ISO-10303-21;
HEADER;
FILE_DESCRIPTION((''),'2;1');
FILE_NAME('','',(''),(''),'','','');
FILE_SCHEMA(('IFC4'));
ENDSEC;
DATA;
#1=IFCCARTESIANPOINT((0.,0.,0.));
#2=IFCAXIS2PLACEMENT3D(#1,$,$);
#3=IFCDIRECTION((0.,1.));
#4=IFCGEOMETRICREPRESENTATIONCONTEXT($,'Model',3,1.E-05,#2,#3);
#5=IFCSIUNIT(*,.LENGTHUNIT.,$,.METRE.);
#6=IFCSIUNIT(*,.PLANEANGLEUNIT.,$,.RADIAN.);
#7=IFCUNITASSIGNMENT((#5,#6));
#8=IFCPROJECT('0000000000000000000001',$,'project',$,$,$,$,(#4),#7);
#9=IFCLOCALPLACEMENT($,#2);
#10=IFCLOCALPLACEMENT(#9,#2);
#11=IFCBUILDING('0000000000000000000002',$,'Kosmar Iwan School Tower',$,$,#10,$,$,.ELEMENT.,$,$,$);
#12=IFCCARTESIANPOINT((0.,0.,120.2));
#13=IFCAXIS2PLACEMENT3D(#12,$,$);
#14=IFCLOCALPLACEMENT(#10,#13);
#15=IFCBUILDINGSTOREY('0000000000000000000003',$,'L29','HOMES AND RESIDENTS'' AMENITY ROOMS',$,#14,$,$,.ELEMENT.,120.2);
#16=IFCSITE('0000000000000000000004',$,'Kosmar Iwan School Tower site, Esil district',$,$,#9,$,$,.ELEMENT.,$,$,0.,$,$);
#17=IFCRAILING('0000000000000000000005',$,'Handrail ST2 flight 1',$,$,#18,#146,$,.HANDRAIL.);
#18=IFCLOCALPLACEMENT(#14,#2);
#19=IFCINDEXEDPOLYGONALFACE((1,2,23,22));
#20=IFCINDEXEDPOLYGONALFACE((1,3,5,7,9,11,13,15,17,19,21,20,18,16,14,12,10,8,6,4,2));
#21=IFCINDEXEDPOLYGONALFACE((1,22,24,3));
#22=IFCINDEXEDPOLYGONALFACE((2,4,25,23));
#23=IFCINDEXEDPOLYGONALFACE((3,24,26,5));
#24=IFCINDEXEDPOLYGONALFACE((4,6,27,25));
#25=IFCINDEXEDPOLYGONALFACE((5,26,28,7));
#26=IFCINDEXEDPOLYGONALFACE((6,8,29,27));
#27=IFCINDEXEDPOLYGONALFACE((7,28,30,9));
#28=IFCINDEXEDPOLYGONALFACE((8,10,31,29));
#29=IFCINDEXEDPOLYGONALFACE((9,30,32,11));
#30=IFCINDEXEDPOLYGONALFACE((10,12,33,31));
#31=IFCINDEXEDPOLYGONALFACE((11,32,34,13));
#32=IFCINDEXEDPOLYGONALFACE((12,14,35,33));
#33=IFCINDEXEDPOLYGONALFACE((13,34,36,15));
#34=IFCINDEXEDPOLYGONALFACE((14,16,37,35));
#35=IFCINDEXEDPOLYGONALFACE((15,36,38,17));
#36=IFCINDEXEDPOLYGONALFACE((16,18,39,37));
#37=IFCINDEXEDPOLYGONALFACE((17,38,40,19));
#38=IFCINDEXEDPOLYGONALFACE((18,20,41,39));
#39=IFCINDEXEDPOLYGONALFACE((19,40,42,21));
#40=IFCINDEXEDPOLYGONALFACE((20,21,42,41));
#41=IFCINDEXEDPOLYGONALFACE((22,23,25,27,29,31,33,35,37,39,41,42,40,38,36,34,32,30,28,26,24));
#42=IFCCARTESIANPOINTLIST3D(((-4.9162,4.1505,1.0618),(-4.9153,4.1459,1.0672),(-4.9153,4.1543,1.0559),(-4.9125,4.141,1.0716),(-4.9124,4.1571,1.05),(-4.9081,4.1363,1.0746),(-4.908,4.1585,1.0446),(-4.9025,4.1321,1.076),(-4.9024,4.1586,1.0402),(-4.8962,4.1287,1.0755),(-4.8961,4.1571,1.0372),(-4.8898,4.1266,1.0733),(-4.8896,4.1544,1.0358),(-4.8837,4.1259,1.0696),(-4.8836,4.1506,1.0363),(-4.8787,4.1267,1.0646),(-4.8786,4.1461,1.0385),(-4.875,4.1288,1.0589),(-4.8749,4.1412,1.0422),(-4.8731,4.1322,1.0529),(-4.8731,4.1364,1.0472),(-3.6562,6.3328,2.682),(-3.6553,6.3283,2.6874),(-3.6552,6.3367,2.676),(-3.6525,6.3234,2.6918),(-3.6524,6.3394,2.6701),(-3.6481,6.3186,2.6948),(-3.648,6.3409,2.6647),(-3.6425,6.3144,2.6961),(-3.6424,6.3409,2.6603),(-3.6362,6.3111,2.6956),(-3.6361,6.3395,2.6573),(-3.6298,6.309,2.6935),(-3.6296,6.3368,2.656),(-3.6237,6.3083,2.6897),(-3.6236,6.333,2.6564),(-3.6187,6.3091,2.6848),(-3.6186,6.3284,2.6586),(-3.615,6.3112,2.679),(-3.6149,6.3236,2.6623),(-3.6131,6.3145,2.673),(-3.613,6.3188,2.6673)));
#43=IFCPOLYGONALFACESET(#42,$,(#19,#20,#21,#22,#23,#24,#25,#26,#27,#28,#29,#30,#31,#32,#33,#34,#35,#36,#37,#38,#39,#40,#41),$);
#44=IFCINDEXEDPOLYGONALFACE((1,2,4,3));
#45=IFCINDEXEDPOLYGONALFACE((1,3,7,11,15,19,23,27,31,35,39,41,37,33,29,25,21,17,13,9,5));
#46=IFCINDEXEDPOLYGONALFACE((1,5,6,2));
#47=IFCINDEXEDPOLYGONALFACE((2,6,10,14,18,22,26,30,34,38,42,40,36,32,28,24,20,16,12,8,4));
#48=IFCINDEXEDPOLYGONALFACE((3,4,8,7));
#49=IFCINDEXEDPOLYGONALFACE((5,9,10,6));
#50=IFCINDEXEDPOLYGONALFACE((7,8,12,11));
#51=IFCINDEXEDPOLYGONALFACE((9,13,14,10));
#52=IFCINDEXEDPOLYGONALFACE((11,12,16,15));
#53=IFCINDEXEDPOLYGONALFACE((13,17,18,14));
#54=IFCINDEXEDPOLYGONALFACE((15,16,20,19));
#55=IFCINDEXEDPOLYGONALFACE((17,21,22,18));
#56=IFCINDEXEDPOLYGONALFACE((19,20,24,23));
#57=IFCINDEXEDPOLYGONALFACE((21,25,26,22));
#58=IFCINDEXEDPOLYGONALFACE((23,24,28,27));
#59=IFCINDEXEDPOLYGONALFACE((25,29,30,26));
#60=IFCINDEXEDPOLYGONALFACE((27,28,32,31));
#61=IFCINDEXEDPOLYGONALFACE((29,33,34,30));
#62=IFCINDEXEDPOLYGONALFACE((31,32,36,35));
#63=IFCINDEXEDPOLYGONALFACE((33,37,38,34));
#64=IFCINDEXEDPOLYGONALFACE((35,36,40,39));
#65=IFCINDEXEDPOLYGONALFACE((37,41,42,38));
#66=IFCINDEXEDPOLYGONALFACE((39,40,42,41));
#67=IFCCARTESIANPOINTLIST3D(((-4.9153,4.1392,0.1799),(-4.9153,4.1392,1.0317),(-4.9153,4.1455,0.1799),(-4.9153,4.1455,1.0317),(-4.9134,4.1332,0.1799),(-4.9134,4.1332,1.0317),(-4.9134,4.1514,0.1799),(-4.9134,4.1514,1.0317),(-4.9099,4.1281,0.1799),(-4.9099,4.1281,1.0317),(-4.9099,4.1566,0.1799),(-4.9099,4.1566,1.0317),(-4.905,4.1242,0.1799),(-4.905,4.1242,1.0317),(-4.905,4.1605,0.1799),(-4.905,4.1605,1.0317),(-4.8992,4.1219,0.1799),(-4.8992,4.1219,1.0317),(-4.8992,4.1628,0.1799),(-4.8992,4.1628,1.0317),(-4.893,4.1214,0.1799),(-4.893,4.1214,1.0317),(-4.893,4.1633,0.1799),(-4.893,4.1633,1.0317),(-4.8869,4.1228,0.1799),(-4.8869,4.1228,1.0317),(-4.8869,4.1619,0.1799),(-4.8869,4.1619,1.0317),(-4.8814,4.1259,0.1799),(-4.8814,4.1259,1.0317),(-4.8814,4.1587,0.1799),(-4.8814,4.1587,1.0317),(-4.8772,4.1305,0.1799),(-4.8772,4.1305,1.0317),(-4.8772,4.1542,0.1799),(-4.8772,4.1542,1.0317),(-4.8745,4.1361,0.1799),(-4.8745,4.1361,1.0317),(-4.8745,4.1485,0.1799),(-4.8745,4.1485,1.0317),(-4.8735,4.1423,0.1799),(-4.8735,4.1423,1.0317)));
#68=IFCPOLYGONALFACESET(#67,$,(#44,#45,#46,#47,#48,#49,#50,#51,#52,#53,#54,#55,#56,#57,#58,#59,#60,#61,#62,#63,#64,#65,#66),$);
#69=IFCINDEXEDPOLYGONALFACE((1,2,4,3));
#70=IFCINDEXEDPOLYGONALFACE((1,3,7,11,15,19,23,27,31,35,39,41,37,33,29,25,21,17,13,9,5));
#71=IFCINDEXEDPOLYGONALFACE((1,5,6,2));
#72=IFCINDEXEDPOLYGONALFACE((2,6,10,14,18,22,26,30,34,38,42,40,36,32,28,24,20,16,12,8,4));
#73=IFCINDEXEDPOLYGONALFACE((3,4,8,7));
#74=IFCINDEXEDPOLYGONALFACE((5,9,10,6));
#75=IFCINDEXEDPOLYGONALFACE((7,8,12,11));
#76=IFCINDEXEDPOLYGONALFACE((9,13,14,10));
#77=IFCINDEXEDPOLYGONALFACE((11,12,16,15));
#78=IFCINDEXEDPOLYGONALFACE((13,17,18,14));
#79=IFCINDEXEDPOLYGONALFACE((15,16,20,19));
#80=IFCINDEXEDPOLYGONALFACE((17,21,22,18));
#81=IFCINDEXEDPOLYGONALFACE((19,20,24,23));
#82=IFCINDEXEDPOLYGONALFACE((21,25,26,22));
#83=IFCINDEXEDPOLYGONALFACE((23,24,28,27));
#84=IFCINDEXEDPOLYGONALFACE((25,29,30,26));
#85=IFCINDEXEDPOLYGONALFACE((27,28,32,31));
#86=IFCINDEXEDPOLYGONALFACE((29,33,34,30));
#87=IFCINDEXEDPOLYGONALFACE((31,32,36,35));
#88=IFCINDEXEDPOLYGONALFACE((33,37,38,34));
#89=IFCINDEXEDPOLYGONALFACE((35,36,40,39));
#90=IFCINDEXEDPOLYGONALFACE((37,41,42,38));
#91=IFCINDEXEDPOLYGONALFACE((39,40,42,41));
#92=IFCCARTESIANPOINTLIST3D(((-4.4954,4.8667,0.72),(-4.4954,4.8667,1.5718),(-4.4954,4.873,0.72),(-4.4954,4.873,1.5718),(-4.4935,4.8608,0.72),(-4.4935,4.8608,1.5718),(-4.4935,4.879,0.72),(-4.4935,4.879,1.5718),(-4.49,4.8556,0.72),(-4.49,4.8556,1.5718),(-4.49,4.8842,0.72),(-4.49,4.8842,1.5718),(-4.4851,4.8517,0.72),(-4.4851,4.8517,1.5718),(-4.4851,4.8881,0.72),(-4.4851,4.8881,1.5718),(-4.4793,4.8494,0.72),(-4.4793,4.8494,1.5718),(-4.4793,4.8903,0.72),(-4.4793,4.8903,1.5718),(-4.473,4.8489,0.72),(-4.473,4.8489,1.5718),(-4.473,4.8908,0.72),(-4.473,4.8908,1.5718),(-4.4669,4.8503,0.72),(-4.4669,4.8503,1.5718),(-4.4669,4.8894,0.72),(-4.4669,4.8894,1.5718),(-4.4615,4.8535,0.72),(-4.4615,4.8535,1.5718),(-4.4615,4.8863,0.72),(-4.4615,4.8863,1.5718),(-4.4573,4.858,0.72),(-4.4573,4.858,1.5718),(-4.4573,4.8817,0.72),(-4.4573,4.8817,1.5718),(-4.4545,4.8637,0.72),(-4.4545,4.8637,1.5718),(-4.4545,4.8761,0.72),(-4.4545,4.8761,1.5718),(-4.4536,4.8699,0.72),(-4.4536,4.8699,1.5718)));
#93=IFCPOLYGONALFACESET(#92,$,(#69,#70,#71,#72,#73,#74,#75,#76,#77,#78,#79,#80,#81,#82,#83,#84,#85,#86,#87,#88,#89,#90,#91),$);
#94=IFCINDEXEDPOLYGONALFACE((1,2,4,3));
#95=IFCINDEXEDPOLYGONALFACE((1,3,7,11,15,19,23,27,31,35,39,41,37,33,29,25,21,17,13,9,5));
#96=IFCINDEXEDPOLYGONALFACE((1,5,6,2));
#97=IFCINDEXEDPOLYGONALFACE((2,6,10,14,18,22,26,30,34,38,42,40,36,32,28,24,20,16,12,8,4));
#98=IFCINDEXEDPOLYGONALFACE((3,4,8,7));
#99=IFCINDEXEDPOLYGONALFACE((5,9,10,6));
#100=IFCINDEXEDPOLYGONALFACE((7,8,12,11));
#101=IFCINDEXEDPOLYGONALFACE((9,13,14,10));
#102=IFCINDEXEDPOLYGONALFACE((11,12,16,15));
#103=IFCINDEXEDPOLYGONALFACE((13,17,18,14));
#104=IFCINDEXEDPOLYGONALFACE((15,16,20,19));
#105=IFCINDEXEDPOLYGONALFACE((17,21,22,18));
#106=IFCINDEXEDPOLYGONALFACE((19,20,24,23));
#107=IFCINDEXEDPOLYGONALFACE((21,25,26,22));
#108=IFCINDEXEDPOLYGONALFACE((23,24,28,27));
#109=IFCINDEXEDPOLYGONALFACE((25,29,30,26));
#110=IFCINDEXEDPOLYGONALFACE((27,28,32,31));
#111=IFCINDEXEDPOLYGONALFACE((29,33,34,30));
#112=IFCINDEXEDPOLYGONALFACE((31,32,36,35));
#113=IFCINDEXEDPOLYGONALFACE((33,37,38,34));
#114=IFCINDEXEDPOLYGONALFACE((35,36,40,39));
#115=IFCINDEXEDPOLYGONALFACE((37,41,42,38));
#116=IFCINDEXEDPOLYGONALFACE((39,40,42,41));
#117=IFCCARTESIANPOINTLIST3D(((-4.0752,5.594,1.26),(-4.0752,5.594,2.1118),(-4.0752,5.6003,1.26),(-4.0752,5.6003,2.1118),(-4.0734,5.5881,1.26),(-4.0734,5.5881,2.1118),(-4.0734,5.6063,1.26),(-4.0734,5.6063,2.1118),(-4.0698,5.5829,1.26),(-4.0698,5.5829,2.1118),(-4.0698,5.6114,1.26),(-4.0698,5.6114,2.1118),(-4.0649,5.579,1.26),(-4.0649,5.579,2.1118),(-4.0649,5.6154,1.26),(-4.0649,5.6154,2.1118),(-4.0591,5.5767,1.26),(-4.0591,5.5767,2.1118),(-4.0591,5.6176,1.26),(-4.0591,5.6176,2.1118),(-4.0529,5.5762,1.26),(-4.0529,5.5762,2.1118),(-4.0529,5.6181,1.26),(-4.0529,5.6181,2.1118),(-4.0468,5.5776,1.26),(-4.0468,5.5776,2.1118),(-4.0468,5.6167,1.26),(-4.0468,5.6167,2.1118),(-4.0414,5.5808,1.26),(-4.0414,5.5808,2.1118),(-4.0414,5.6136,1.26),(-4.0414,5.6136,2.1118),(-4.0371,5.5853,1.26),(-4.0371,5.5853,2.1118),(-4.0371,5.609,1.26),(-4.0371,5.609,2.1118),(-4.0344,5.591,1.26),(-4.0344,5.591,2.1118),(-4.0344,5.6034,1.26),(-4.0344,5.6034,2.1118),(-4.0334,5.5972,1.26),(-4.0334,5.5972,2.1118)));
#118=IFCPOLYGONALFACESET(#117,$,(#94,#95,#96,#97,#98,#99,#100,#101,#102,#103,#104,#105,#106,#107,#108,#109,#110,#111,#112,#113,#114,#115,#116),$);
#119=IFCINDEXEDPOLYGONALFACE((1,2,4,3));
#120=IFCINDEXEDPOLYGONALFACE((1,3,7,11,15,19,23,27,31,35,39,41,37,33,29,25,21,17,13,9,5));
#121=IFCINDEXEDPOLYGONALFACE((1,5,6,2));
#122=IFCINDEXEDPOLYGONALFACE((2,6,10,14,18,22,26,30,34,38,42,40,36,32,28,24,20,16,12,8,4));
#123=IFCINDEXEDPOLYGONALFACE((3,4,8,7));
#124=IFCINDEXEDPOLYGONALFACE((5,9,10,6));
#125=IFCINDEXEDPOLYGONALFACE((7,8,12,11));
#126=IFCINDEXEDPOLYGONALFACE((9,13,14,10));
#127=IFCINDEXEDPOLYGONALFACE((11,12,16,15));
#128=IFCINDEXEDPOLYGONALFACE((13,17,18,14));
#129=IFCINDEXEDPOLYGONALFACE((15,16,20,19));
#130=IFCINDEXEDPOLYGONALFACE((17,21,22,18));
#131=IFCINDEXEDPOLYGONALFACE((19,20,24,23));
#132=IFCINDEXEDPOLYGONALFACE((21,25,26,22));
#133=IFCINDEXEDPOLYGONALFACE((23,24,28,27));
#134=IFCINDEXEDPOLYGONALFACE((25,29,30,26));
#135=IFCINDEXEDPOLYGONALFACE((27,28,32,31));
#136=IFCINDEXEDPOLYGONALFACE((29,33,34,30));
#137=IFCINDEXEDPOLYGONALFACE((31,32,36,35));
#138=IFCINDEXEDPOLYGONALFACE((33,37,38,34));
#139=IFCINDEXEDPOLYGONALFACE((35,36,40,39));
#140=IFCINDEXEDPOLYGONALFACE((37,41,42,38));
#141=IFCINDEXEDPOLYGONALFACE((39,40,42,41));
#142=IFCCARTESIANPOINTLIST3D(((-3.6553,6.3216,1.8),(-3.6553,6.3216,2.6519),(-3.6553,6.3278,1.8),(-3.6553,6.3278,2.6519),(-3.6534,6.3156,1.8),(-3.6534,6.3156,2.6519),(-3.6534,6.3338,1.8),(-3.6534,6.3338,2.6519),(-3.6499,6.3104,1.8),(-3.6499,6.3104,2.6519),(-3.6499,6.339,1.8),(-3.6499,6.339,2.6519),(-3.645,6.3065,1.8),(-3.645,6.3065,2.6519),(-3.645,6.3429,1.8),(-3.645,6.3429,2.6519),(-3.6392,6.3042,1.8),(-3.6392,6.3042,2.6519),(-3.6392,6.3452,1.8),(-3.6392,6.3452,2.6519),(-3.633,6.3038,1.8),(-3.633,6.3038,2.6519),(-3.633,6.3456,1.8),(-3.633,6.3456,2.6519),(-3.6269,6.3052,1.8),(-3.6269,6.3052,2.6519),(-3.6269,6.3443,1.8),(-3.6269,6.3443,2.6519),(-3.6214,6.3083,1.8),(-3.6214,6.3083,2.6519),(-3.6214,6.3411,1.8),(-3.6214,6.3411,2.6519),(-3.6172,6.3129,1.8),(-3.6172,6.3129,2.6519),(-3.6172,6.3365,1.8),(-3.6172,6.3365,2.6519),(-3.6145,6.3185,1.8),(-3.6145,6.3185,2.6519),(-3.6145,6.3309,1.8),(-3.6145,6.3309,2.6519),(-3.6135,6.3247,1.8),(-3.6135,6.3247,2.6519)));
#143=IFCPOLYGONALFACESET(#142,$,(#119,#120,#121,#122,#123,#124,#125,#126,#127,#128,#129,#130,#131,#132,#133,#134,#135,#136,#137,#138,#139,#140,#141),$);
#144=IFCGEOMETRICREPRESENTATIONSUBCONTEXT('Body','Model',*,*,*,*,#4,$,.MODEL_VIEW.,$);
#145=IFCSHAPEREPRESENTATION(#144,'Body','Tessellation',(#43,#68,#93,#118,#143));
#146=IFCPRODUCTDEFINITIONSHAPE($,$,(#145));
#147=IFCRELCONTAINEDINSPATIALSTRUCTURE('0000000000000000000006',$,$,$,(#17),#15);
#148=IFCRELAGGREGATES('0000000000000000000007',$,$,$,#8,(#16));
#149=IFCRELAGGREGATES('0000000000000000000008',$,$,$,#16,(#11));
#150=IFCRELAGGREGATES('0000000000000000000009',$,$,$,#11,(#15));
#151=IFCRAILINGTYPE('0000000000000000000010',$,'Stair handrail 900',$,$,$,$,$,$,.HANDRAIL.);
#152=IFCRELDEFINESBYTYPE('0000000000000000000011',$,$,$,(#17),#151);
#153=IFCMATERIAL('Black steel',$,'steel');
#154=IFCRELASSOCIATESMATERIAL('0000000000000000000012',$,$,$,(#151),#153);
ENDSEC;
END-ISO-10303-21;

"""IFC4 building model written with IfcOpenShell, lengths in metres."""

from ifc_helpers import new_model, si_unit, direction, frame, origin, origin_2d, place, context, subcontext, project, spatial, circle, extrude, material, type_object, element, save


model = new_model("IFC4")

# Units and contexts
model_context = context("Model", 3, precision=1e-05, world=origin(), true_north=direction((0.0, 1.0)))
body_context = subcontext(model_context, "Body", "Model", "MODEL_VIEW")
ifc_project = project(units=[si_unit("LENGTHUNIT", "METRE"), si_unit("PLANEANGLEUNIT", "RADIAN")], contexts=[model_context])

# Site, building, storey
site_placement = place(None, origin())
site = spatial("IfcSite", under=ifc_project, at=site_placement, Name="Kosmar Iwan School Tower site, Esil district", CompositionType="ELEMENT", RefElevation=0.0)
building_placement = place(site_placement, origin())
building = spatial("IfcBuilding", under=site, at=building_placement, Name="Kosmar Iwan School Tower", CompositionType="ELEMENT")
storey_placement = place(building_placement, frame((0.0, 0.0, 120.2)))
storey = spatial("IfcBuildingStorey", under=building, at=storey_placement, Name="L29", Description="HOMES AND RESIDENTS' AMENITY ROOMS", CompositionType="ELEMENT", Elevation=120.2)

# Railing
ifc_material_1 = material(Name="Black steel", Category="steel")
railing_type = type_object("IfcRailingType", Name="Stair handrail 900", PredefinedType="HANDRAIL", material=ifc_material_1)
railing_placement = place(storey_placement, frame((-4.8945, 4.1423, 0.1799)))
element("IfcRailing", 1, at=railing_placement, inside=storey, type_object=railing_type, Name="Handrail ST2 flight 1", PredefinedType="HANDRAIL", context=body_context, shape_type="SweptSolid", body=[
    extrude(circle(Radius=0.0239, at=origin_2d()), frame((0.0, 0.0, 0.876), z_axis=(0.420584, 0.728464, 0.540786), x_axis=(-0.866023, 0.500005, 0.0)), (0.0, 0.0, 1.0), 2.9958),
    extrude(circle(Radius=0.021, at=origin_2d()), origin(), (0.0, 0.0, 1.0), 0.8518),
    extrude(circle(Radius=0.021, at=origin_2d()), frame((0.4199, 0.7275, 0.54)), (0.0, 0.0, 1.0), 0.8518),
    extrude(circle(Radius=0.021, at=origin_2d()), frame((0.8401, 1.4548, 1.0801)), (0.0, 0.0, 1.0), 0.8518),
    extrude(circle(Radius=0.021, at=origin_2d()), frame((1.26, 2.1824, 1.6201)), (0.0, 0.0, 1.0), 0.8518),
])

save(model, "model.ifc")
